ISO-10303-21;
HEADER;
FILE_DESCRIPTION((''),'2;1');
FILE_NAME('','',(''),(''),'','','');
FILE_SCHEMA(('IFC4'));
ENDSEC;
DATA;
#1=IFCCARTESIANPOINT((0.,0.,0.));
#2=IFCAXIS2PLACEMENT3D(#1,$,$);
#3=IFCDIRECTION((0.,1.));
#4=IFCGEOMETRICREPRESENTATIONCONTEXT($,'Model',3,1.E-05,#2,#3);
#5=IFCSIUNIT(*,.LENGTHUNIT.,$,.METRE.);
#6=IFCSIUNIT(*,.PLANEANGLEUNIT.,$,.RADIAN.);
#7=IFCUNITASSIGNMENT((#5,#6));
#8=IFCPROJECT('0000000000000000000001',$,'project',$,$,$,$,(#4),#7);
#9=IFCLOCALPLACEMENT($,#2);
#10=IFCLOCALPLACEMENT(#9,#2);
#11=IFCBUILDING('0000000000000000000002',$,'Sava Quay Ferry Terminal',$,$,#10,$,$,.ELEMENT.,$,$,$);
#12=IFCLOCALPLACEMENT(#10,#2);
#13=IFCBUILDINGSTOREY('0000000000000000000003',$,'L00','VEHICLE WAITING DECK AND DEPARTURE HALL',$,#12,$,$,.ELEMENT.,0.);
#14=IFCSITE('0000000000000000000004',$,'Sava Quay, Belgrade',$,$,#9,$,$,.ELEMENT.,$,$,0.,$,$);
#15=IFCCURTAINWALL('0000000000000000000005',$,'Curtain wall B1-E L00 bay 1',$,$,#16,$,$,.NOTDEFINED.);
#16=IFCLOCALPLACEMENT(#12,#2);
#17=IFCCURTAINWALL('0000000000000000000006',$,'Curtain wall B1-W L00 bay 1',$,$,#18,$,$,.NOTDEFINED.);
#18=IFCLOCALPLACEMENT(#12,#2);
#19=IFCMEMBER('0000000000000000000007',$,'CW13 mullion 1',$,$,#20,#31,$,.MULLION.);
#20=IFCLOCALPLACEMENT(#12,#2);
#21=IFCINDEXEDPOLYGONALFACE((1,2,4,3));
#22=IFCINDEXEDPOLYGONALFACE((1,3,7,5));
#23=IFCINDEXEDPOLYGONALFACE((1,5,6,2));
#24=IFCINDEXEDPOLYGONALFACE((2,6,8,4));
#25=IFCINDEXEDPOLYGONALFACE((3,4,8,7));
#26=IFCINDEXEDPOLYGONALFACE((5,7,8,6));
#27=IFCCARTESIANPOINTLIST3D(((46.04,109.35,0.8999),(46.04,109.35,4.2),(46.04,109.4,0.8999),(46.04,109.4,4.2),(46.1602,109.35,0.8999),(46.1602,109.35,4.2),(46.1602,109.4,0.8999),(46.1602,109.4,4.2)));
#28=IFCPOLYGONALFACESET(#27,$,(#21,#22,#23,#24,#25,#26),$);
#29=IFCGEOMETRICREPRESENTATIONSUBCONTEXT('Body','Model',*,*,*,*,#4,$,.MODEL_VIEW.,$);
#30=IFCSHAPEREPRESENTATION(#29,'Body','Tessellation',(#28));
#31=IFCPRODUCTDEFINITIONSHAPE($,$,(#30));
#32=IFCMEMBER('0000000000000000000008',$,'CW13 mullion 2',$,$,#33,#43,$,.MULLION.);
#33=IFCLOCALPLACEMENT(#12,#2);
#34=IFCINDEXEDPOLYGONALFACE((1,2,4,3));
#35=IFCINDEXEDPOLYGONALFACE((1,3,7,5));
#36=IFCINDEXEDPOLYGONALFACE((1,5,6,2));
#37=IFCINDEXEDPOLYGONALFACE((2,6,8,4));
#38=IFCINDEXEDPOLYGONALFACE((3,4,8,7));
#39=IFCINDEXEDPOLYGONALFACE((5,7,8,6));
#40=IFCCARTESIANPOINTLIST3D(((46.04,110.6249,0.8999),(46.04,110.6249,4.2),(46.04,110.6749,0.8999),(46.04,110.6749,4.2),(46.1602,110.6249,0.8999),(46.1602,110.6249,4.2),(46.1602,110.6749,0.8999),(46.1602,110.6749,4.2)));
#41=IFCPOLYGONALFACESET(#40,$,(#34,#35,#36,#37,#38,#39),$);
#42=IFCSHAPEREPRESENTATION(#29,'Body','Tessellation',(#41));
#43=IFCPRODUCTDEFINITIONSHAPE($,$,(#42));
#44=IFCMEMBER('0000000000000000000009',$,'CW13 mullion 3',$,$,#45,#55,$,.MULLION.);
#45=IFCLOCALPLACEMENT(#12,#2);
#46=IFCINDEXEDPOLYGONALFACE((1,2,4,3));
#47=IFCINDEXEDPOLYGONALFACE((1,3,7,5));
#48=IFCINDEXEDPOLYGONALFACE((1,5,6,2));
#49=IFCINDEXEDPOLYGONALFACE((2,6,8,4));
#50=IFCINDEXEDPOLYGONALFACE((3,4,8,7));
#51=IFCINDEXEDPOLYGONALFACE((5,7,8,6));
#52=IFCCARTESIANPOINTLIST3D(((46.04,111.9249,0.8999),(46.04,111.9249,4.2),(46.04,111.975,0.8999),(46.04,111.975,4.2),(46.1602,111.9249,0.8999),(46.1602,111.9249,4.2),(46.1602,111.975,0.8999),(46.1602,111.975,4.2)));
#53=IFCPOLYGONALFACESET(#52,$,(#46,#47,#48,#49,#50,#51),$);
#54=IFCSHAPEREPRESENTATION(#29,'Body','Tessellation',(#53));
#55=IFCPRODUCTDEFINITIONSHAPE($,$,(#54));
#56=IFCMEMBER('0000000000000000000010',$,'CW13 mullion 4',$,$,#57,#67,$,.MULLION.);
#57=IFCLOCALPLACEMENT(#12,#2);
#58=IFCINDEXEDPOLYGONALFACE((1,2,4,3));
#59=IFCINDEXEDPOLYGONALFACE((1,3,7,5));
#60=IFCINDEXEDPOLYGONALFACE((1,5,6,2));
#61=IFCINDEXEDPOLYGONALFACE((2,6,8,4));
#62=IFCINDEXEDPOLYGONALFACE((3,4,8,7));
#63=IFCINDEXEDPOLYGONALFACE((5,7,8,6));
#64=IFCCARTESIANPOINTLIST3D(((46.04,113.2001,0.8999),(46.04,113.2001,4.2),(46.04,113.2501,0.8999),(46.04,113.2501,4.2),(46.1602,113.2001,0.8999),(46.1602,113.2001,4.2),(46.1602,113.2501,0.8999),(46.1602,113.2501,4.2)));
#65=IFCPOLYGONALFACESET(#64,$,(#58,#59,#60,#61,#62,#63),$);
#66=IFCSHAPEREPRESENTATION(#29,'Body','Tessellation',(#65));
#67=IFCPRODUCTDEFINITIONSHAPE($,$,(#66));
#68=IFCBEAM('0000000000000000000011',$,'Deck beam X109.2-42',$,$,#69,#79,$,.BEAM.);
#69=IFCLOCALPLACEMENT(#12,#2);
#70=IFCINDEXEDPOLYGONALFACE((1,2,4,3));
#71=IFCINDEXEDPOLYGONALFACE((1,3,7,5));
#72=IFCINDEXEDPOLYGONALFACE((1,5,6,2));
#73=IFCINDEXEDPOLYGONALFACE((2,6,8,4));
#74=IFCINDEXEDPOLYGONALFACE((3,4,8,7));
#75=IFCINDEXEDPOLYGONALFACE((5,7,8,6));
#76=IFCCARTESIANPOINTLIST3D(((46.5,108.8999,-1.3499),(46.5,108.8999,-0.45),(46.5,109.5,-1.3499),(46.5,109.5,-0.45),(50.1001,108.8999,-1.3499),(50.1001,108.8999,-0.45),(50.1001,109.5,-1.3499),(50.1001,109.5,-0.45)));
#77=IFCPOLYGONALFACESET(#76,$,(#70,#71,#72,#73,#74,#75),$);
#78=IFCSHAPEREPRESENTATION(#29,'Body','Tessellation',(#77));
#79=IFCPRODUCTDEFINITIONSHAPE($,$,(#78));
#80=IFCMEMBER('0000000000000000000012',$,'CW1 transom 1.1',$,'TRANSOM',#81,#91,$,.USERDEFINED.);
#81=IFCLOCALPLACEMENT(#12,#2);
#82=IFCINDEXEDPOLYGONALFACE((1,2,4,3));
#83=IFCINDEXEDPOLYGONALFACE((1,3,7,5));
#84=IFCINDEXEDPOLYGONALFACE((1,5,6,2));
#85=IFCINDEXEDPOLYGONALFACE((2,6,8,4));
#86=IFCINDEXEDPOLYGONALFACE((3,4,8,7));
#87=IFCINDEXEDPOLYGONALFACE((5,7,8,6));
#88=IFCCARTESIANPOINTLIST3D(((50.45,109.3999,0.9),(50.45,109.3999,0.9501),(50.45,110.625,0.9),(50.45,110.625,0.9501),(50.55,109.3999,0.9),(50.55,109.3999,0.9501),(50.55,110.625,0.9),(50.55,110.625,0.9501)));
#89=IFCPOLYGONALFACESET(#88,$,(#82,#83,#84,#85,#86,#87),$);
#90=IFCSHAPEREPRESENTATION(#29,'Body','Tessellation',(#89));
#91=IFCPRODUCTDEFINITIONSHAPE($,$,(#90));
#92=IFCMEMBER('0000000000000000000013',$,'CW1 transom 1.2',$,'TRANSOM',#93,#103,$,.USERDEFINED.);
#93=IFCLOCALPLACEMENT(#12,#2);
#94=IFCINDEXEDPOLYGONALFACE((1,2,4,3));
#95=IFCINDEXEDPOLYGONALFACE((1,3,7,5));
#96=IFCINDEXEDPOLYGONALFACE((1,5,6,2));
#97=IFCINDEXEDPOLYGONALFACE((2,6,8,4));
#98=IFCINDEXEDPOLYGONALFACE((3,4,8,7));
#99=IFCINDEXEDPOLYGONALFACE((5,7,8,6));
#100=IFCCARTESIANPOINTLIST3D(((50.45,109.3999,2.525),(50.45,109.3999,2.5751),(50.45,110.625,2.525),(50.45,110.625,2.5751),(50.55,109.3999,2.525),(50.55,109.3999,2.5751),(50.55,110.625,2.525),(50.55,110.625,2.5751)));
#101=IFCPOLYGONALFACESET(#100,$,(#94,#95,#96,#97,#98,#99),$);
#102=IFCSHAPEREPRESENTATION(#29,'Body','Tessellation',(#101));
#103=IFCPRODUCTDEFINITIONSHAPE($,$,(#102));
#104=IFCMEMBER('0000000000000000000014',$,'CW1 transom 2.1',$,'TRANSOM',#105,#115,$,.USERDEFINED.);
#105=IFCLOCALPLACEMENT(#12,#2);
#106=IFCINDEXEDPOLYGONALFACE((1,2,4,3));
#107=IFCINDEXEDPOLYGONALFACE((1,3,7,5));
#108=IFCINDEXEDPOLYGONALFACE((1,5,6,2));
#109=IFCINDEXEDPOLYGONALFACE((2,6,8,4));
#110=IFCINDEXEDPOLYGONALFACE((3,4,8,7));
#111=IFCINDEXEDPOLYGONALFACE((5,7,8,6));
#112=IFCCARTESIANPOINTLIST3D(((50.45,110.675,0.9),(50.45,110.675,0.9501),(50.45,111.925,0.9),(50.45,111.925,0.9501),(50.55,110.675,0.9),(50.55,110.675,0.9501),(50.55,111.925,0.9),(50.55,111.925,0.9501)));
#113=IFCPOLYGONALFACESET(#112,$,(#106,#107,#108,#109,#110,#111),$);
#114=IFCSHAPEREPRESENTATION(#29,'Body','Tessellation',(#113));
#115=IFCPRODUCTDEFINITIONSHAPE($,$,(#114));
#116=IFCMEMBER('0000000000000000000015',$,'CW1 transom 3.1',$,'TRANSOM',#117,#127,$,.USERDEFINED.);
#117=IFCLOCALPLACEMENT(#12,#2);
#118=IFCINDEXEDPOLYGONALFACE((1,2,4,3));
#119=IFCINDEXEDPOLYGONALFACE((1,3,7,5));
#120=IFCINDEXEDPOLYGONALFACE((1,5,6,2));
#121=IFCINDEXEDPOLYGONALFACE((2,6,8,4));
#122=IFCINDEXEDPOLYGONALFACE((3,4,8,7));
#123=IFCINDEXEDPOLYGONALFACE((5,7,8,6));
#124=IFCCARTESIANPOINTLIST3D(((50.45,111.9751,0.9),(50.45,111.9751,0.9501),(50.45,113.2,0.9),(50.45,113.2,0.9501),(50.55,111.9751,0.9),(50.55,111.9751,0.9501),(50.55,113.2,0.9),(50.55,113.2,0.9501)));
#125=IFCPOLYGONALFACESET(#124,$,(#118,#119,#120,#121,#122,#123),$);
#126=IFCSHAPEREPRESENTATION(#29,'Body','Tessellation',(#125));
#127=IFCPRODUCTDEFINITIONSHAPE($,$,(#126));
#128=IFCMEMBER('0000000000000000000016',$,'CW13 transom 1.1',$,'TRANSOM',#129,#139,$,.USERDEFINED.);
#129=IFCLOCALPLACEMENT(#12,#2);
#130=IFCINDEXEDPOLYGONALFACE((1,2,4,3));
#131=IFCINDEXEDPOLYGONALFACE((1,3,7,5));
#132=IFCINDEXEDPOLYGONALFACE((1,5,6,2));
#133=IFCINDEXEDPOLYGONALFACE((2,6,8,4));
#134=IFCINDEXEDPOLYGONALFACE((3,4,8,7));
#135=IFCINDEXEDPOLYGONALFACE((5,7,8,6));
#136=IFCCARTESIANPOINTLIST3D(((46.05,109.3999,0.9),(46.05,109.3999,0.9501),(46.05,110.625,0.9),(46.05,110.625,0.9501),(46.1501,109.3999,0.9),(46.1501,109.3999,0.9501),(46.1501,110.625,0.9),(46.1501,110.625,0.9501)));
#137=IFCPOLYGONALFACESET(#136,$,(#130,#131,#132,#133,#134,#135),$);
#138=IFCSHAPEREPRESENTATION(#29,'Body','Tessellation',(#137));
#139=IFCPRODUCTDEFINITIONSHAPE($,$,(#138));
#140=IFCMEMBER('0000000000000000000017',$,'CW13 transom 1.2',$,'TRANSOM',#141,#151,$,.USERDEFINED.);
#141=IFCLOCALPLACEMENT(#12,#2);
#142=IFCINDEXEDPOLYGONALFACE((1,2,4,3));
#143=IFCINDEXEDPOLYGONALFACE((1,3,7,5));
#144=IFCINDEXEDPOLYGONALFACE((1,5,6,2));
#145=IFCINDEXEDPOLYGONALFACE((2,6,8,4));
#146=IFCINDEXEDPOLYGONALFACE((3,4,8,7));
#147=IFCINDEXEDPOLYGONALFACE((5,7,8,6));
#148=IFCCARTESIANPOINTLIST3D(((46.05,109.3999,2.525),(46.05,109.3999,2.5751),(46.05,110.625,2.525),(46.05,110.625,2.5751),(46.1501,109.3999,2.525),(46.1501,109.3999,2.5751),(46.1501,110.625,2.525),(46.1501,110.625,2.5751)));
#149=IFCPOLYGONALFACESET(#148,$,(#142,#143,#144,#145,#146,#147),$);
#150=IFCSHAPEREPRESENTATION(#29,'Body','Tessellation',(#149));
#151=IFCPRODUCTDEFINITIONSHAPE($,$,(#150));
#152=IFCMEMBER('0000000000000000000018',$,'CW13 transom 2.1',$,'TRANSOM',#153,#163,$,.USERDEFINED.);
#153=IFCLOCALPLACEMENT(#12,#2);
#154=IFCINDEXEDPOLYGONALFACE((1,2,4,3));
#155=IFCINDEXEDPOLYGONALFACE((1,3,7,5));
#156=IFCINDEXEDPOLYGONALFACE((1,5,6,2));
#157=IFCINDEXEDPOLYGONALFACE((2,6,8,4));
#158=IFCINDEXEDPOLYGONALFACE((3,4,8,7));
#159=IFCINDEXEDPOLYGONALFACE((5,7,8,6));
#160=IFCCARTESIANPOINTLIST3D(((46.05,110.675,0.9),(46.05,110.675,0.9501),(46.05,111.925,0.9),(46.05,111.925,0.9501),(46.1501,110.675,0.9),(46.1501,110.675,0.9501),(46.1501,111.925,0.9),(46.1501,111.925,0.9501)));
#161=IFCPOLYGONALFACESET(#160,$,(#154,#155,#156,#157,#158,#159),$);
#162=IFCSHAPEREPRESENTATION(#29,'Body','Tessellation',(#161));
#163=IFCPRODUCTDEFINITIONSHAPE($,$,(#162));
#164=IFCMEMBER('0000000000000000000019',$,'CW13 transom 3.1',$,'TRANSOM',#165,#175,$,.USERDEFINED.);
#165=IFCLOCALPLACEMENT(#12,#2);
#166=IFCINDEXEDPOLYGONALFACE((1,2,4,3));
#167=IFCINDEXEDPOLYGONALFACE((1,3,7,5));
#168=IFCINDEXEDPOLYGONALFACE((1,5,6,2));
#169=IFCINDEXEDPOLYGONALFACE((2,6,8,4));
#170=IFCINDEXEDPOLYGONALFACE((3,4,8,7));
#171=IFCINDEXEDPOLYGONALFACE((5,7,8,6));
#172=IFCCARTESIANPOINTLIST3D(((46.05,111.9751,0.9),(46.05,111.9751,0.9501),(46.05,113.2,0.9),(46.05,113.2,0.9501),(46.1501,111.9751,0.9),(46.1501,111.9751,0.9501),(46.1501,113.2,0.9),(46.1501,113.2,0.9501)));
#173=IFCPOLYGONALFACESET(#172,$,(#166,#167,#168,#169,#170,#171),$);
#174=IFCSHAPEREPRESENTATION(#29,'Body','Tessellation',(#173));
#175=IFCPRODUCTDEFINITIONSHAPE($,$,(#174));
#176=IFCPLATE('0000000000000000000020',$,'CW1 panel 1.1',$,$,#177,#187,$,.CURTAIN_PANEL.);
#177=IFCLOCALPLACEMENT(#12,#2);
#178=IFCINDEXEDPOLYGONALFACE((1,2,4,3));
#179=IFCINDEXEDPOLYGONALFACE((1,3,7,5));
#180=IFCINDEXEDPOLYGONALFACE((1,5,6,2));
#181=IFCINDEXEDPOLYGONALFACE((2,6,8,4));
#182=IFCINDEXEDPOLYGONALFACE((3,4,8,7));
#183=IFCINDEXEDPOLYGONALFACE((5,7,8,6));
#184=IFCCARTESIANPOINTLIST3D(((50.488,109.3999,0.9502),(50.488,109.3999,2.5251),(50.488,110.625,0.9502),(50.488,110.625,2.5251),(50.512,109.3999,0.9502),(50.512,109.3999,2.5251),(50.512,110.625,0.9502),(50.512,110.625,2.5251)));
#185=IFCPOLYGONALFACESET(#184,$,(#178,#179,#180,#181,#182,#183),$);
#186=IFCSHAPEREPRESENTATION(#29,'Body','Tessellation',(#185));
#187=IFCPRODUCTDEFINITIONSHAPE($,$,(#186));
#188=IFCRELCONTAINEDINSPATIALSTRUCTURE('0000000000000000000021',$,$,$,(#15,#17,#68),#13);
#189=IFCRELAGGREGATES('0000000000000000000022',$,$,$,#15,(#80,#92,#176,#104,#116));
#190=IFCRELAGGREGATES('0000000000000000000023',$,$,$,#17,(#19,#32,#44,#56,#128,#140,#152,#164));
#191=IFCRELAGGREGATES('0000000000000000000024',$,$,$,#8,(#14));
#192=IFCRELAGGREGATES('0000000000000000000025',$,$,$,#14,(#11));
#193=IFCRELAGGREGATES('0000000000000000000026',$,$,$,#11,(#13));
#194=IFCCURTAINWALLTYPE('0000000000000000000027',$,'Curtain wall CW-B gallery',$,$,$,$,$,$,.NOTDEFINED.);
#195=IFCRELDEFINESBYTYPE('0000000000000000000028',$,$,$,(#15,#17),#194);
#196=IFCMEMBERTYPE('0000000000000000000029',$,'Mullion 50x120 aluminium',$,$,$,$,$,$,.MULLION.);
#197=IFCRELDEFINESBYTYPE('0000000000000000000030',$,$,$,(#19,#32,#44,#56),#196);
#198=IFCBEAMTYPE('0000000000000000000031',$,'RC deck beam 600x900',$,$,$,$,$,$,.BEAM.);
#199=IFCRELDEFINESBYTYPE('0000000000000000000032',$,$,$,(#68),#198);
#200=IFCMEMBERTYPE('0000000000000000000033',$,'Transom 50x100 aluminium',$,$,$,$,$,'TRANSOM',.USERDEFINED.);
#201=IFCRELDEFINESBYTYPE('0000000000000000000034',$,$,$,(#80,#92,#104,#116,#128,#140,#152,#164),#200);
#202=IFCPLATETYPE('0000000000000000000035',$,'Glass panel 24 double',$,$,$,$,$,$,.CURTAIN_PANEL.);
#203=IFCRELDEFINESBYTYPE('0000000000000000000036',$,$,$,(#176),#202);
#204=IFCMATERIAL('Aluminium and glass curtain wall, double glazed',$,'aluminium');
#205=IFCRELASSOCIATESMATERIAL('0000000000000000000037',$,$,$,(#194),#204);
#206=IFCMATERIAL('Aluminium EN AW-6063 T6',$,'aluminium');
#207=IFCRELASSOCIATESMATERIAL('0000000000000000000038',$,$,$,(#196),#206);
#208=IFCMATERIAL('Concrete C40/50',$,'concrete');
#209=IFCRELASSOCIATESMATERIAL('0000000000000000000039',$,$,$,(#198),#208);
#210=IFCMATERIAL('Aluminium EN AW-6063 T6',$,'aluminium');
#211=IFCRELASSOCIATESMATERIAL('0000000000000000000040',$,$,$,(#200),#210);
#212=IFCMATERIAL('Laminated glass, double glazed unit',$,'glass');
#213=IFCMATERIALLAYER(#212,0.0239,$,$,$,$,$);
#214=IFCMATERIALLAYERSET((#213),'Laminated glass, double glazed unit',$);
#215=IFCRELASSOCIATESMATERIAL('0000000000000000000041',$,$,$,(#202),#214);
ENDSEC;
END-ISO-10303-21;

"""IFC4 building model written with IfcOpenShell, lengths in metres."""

from ifc_helpers import new_model, si_unit, direction, frame, origin, origin_2d, place, context, subcontext, project, spatial, rectangle, extrude, material, layer, layer_set, material_profile, profile_set, type_object, element, aggregate, save


model = new_model("IFC4")

# Units and contexts
model_context = context("Model", 3, precision=1e-05, world=origin(), true_north=direction((0.0, 1.0)))
body_context = subcontext(model_context, "Body", "Model", "MODEL_VIEW")
ifc_project = project(units=[si_unit("LENGTHUNIT", "METRE"), si_unit("PLANEANGLEUNIT", "RADIAN")], contexts=[model_context])

# Site, building, storey
site_placement = place(None, origin())
site = spatial("IfcSite", under=ifc_project, at=site_placement, Name="Sava Quay, Belgrade", CompositionType="ELEMENT", RefElevation=0.0)
building_placement = place(site_placement, origin())
building = spatial("IfcBuilding", under=site, at=building_placement, Name="Sava Quay Ferry Terminal", CompositionType="ELEMENT")
storey_placement = place(building_placement, origin())
storey = spatial("IfcBuildingStorey", under=building, at=storey_placement, Name="L00", Description="VEHICLE WAITING DECK AND DEPARTURE HALL", CompositionType="ELEMENT", Elevation=0.0)

# Curtain walls, members
ifc_material_1 = material(Name="Aluminium and glass curtain wall, double glazed", Category="aluminium")
curtain_wall_type = type_object("IfcCurtainWallType", Name="Curtain wall CW-B gallery", PredefinedType="NOTDEFINED", material=ifc_material_1)
curtain_wall_1_placement = place(storey_placement, origin())
curtain_wall_1 = element("IfcCurtainWall", 1, at=curtain_wall_1_placement, inside=storey, type_object=curtain_wall_type, Name="Curtain wall B1-E L00 bay 1", PredefinedType="NOTDEFINED")
ifc_material_2 = material(Name="Aluminium EN AW-6063 T6", Category="aluminium")
ifc_material_profile_1 = material_profile(ifc_material_2, rectangle(XDim=0.1201, YDim=0.05, at=origin_2d()), Name="Mullion 50x120 aluminium")
ifc_profile_set_1 = profile_set([ifc_material_profile_1], Name="Aluminium EN AW-6063 T6")
member_type_1 = type_object("IfcMemberType", Name="Mullion 50x120 aluminium", PredefinedType="MULLION", material=ifc_profile_set_1)
curtain_wall_2_placement = place(storey_placement, origin())
curtain_wall_2 = element("IfcCurtainWall", 2, at=curtain_wall_2_placement, inside=storey, type_object=curtain_wall_type, Name="Curtain wall B1-W L00 bay 1", PredefinedType="NOTDEFINED")
member_1_placement = place(storey_placement, frame((46.1001, 109.375, 0.8999), z_axis=(0.0, 0.0, 1.0), x_axis=(-1.0, 0.0, 0.0)))
member_1 = element("IfcMember", 3, at=member_1_placement, type_object=member_type_1, Name="CW13 mullion 1", PredefinedType="MULLION", context=body_context, shape_type="SweptSolid", body=[
    extrude(rectangle(XDim=0.1201, YDim=0.05, at=origin_2d()), origin(), (0.0, 0.0, 1.0), 3.3),
])
member_2_placement = place(storey_placement, frame((46.1001, 110.6499, 0.8999), z_axis=(0.0, 0.0, 1.0), x_axis=(-1.0, 0.0, 0.0)))
member_2 = element("IfcMember", 4, at=member_2_placement, type_object=member_type_1, Name="CW13 mullion 2", PredefinedType="MULLION", context=body_context, shape_type="SweptSolid", body=[
    extrude(rectangle(XDim=0.1201, YDim=0.05, at=origin_2d()), origin(), (0.0, 0.0, 1.0), 3.3),
])
member_3_placement = place(storey_placement, frame((46.1001, 111.95, 0.8999), z_axis=(0.0, 0.0, 1.0), x_axis=(-1.0, 0.0, 0.0)))
member_3 = element("IfcMember", 5, at=member_3_placement, type_object=member_type_1, Name="CW13 mullion 3", PredefinedType="MULLION", context=body_context, shape_type="SweptSolid", body=[
    extrude(rectangle(XDim=0.1201, YDim=0.05, at=origin_2d()), origin(), (0.0, 0.0, 1.0), 3.3),
])
member_4_placement = place(storey_placement, frame((46.1001, 113.2251, 0.8999), z_axis=(0.0, 0.0, 1.0), x_axis=(-1.0, 0.0, 0.0)))
member_4 = element("IfcMember", 6, at=member_4_placement, type_object=member_type_1, Name="CW13 mullion 4", PredefinedType="MULLION", context=body_context, shape_type="SweptSolid", body=[
    extrude(rectangle(XDim=0.1201, YDim=0.05, at=origin_2d()), origin(), (0.0, 0.0, 1.0), 3.3),
])

# Beam
ifc_material_3 = material(Name="Concrete C40/50", Category="concrete")
ifc_material_profile_2 = material_profile(ifc_material_3, rectangle(XDim=0.6001, YDim=0.8999, at=origin_2d()), Name="RC 600x900")
ifc_profile_set_2 = profile_set([ifc_material_profile_2], Name="Concrete C40/50")
beam_type = type_object("IfcBeamType", Name="RC deck beam 600x900", PredefinedType="BEAM", material=ifc_profile_set_2)
beam_placement = place(storey_placement, frame((46.5, 109.2, -0.8999), z_axis=(1.0, 0.0, 0.0), x_axis=(0.0, 1.0, 0.0)))
element("IfcBeam", 7, at=beam_placement, inside=storey, type_object=beam_type, Name="Deck beam X109.2-42", PredefinedType="BEAM", context=body_context, shape_type="SweptSolid", body=[
    extrude(rectangle(XDim=0.6001, YDim=0.8999, at=origin_2d()), origin(), (0.0, 0.0, 1.0), 3.6001),
])

# Members
ifc_material_4 = material(Name="Aluminium EN AW-6063 T6", Category="aluminium")
ifc_material_profile_3 = material_profile(ifc_material_4, rectangle(XDim=0.1001, YDim=0.05, at=origin_2d()), Name="Transom 50x100 aluminium")
ifc_profile_set_3 = profile_set([ifc_material_profile_3], Name="Aluminium EN AW-6063 T6")
member_type_2 = type_object("IfcMemberType", Name="Transom 50x100 aluminium", ElementType="TRANSOM", PredefinedType="USERDEFINED", material=ifc_profile_set_3)
member_5_placement = place(storey_placement, frame((50.5, 109.3999, 0.925), z_axis=(0.0, 1.0, 0.0), x_axis=(-1.0, 0.0, 0.0)))
member_5 = element("IfcMember", 8, at=member_5_placement, type_object=member_type_2, Name="CW1 transom 1.1", ObjectType="TRANSOM", PredefinedType="USERDEFINED", context=body_context, shape_type="SweptSolid", body=[
    extrude(rectangle(XDim=0.1001, YDim=0.05, at=origin_2d()), origin(), (0.0, 0.0, 1.0), 1.2251),
])
member_6_placement = place(storey_placement, frame((50.5, 109.3999, 2.55), z_axis=(0.0, 1.0, 0.0), x_axis=(-1.0, 0.0, 0.0)))
member_6 = element("IfcMember", 9, at=member_6_placement, type_object=member_type_2, Name="CW1 transom 1.2", ObjectType="TRANSOM", PredefinedType="USERDEFINED", context=body_context, shape_type="SweptSolid", body=[
    extrude(rectangle(XDim=0.1001, YDim=0.05, at=origin_2d()), origin(), (0.0, 0.0, 1.0), 1.2251),
])
member_7_placement = place(storey_placement, frame((50.5, 110.675, 0.925), z_axis=(0.0, 1.0, 0.0), x_axis=(-1.0, 0.0, 0.0)))
member_7 = element("IfcMember", 10, at=member_7_placement, type_object=member_type_2, Name="CW1 transom 2.1", ObjectType="TRANSOM", PredefinedType="USERDEFINED", context=body_context, shape_type="SweptSolid", body=[
    extrude(rectangle(XDim=0.1001, YDim=0.05, at=origin_2d()), origin(), (0.0, 0.0, 1.0), 1.25),
])
member_8_placement = place(storey_placement, frame((50.5, 111.9751, 0.925), z_axis=(0.0, 1.0, 0.0), x_axis=(-1.0, 0.0, 0.0)))
member_8 = element("IfcMember", 11, at=member_8_placement, type_object=member_type_2, Name="CW1 transom 3.1", ObjectType="TRANSOM", PredefinedType="USERDEFINED", context=body_context, shape_type="SweptSolid", body=[
    extrude(rectangle(XDim=0.1001, YDim=0.05, at=origin_2d()), origin(), (0.0, 0.0, 1.0), 1.2249),
])
member_9_placement = place(storey_placement, frame((46.1001, 109.3999, 0.925), z_axis=(0.0, 1.0, 0.0), x_axis=(-1.0, 0.0, 0.0)))
member_9 = element("IfcMember", 12, at=member_9_placement, type_object=member_type_2, Name="CW13 transom 1.1", ObjectType="TRANSOM", PredefinedType="USERDEFINED", context=body_context, shape_type="SweptSolid", body=[
    extrude(rectangle(XDim=0.1001, YDim=0.05, at=origin_2d()), origin(), (0.0, 0.0, 1.0), 1.2251),
])
member_10_placement = place(storey_placement, frame((46.1001, 109.3999, 2.55), z_axis=(0.0, 1.0, 0.0), x_axis=(-1.0, 0.0, 0.0)))
member_10 = element("IfcMember", 13, at=member_10_placement, type_object=member_type_2, Name="CW13 transom 1.2", ObjectType="TRANSOM", PredefinedType="USERDEFINED", context=body_context, shape_type="SweptSolid", body=[
    extrude(rectangle(XDim=0.1001, YDim=0.05, at=origin_2d()), origin(), (0.0, 0.0, 1.0), 1.2251),
])
member_11_placement = place(storey_placement, frame((46.1001, 110.675, 0.925), z_axis=(0.0, 1.0, 0.0), x_axis=(-1.0, 0.0, 0.0)))
member_11 = element("IfcMember", 14, at=member_11_placement, type_object=member_type_2, Name="CW13 transom 2.1", ObjectType="TRANSOM", PredefinedType="USERDEFINED", context=body_context, shape_type="SweptSolid", body=[
    extrude(rectangle(XDim=0.1001, YDim=0.05, at=origin_2d()), origin(), (0.0, 0.0, 1.0), 1.25),
])
member_12_placement = place(storey_placement, frame((46.1001, 111.9751, 0.925), z_axis=(0.0, 1.0, 0.0), x_axis=(-1.0, 0.0, 0.0)))
member_12 = element("IfcMember", 15, at=member_12_placement, type_object=member_type_2, Name="CW13 transom 3.1", ObjectType="TRANSOM", PredefinedType="USERDEFINED", context=body_context, shape_type="SweptSolid", body=[
    extrude(rectangle(XDim=0.1001, YDim=0.05, at=origin_2d()), origin(), (0.0, 0.0, 1.0), 1.2249),
])

# Plate
ifc_material_5 = material(Name="Laminated glass, double glazed unit", Category="glass")
ifc_layer_1 = layer(ifc_material_5, 0.0239)
ifc_layer_set_1 = layer_set([ifc_layer_1], Name="Laminated glass, double glazed unit")
plate_type = type_object("IfcPlateType", Name="Glass panel 24 double", PredefinedType="CURTAIN_PANEL", material=ifc_layer_set_1)
plate_1_placement = place(storey_placement, frame((50.5, 110.0125, 0.9502), z_axis=(0.0, 0.0, 1.0), x_axis=(0.0, 1.0, 0.0)))
plate_1 = element("IfcPlate", 16, at=plate_1_placement, type_object=plate_type, Name="CW1 panel 1.1", PredefinedType="CURTAIN_PANEL", context=body_context, shape_type="SweptSolid", body=[
    extrude(rectangle(XDim=1.2251, YDim=0.0239, at=origin_2d()), origin(), (0.0, 0.0, 1.0), 1.575),
])
aggregate(curtain_wall_1, [member_5, member_6, plate_1, member_7, member_8])
aggregate(curtain_wall_2, [member_1, member_2, member_3, member_4, member_9, member_10, member_11, member_12])

save(model, "model.ifc")
